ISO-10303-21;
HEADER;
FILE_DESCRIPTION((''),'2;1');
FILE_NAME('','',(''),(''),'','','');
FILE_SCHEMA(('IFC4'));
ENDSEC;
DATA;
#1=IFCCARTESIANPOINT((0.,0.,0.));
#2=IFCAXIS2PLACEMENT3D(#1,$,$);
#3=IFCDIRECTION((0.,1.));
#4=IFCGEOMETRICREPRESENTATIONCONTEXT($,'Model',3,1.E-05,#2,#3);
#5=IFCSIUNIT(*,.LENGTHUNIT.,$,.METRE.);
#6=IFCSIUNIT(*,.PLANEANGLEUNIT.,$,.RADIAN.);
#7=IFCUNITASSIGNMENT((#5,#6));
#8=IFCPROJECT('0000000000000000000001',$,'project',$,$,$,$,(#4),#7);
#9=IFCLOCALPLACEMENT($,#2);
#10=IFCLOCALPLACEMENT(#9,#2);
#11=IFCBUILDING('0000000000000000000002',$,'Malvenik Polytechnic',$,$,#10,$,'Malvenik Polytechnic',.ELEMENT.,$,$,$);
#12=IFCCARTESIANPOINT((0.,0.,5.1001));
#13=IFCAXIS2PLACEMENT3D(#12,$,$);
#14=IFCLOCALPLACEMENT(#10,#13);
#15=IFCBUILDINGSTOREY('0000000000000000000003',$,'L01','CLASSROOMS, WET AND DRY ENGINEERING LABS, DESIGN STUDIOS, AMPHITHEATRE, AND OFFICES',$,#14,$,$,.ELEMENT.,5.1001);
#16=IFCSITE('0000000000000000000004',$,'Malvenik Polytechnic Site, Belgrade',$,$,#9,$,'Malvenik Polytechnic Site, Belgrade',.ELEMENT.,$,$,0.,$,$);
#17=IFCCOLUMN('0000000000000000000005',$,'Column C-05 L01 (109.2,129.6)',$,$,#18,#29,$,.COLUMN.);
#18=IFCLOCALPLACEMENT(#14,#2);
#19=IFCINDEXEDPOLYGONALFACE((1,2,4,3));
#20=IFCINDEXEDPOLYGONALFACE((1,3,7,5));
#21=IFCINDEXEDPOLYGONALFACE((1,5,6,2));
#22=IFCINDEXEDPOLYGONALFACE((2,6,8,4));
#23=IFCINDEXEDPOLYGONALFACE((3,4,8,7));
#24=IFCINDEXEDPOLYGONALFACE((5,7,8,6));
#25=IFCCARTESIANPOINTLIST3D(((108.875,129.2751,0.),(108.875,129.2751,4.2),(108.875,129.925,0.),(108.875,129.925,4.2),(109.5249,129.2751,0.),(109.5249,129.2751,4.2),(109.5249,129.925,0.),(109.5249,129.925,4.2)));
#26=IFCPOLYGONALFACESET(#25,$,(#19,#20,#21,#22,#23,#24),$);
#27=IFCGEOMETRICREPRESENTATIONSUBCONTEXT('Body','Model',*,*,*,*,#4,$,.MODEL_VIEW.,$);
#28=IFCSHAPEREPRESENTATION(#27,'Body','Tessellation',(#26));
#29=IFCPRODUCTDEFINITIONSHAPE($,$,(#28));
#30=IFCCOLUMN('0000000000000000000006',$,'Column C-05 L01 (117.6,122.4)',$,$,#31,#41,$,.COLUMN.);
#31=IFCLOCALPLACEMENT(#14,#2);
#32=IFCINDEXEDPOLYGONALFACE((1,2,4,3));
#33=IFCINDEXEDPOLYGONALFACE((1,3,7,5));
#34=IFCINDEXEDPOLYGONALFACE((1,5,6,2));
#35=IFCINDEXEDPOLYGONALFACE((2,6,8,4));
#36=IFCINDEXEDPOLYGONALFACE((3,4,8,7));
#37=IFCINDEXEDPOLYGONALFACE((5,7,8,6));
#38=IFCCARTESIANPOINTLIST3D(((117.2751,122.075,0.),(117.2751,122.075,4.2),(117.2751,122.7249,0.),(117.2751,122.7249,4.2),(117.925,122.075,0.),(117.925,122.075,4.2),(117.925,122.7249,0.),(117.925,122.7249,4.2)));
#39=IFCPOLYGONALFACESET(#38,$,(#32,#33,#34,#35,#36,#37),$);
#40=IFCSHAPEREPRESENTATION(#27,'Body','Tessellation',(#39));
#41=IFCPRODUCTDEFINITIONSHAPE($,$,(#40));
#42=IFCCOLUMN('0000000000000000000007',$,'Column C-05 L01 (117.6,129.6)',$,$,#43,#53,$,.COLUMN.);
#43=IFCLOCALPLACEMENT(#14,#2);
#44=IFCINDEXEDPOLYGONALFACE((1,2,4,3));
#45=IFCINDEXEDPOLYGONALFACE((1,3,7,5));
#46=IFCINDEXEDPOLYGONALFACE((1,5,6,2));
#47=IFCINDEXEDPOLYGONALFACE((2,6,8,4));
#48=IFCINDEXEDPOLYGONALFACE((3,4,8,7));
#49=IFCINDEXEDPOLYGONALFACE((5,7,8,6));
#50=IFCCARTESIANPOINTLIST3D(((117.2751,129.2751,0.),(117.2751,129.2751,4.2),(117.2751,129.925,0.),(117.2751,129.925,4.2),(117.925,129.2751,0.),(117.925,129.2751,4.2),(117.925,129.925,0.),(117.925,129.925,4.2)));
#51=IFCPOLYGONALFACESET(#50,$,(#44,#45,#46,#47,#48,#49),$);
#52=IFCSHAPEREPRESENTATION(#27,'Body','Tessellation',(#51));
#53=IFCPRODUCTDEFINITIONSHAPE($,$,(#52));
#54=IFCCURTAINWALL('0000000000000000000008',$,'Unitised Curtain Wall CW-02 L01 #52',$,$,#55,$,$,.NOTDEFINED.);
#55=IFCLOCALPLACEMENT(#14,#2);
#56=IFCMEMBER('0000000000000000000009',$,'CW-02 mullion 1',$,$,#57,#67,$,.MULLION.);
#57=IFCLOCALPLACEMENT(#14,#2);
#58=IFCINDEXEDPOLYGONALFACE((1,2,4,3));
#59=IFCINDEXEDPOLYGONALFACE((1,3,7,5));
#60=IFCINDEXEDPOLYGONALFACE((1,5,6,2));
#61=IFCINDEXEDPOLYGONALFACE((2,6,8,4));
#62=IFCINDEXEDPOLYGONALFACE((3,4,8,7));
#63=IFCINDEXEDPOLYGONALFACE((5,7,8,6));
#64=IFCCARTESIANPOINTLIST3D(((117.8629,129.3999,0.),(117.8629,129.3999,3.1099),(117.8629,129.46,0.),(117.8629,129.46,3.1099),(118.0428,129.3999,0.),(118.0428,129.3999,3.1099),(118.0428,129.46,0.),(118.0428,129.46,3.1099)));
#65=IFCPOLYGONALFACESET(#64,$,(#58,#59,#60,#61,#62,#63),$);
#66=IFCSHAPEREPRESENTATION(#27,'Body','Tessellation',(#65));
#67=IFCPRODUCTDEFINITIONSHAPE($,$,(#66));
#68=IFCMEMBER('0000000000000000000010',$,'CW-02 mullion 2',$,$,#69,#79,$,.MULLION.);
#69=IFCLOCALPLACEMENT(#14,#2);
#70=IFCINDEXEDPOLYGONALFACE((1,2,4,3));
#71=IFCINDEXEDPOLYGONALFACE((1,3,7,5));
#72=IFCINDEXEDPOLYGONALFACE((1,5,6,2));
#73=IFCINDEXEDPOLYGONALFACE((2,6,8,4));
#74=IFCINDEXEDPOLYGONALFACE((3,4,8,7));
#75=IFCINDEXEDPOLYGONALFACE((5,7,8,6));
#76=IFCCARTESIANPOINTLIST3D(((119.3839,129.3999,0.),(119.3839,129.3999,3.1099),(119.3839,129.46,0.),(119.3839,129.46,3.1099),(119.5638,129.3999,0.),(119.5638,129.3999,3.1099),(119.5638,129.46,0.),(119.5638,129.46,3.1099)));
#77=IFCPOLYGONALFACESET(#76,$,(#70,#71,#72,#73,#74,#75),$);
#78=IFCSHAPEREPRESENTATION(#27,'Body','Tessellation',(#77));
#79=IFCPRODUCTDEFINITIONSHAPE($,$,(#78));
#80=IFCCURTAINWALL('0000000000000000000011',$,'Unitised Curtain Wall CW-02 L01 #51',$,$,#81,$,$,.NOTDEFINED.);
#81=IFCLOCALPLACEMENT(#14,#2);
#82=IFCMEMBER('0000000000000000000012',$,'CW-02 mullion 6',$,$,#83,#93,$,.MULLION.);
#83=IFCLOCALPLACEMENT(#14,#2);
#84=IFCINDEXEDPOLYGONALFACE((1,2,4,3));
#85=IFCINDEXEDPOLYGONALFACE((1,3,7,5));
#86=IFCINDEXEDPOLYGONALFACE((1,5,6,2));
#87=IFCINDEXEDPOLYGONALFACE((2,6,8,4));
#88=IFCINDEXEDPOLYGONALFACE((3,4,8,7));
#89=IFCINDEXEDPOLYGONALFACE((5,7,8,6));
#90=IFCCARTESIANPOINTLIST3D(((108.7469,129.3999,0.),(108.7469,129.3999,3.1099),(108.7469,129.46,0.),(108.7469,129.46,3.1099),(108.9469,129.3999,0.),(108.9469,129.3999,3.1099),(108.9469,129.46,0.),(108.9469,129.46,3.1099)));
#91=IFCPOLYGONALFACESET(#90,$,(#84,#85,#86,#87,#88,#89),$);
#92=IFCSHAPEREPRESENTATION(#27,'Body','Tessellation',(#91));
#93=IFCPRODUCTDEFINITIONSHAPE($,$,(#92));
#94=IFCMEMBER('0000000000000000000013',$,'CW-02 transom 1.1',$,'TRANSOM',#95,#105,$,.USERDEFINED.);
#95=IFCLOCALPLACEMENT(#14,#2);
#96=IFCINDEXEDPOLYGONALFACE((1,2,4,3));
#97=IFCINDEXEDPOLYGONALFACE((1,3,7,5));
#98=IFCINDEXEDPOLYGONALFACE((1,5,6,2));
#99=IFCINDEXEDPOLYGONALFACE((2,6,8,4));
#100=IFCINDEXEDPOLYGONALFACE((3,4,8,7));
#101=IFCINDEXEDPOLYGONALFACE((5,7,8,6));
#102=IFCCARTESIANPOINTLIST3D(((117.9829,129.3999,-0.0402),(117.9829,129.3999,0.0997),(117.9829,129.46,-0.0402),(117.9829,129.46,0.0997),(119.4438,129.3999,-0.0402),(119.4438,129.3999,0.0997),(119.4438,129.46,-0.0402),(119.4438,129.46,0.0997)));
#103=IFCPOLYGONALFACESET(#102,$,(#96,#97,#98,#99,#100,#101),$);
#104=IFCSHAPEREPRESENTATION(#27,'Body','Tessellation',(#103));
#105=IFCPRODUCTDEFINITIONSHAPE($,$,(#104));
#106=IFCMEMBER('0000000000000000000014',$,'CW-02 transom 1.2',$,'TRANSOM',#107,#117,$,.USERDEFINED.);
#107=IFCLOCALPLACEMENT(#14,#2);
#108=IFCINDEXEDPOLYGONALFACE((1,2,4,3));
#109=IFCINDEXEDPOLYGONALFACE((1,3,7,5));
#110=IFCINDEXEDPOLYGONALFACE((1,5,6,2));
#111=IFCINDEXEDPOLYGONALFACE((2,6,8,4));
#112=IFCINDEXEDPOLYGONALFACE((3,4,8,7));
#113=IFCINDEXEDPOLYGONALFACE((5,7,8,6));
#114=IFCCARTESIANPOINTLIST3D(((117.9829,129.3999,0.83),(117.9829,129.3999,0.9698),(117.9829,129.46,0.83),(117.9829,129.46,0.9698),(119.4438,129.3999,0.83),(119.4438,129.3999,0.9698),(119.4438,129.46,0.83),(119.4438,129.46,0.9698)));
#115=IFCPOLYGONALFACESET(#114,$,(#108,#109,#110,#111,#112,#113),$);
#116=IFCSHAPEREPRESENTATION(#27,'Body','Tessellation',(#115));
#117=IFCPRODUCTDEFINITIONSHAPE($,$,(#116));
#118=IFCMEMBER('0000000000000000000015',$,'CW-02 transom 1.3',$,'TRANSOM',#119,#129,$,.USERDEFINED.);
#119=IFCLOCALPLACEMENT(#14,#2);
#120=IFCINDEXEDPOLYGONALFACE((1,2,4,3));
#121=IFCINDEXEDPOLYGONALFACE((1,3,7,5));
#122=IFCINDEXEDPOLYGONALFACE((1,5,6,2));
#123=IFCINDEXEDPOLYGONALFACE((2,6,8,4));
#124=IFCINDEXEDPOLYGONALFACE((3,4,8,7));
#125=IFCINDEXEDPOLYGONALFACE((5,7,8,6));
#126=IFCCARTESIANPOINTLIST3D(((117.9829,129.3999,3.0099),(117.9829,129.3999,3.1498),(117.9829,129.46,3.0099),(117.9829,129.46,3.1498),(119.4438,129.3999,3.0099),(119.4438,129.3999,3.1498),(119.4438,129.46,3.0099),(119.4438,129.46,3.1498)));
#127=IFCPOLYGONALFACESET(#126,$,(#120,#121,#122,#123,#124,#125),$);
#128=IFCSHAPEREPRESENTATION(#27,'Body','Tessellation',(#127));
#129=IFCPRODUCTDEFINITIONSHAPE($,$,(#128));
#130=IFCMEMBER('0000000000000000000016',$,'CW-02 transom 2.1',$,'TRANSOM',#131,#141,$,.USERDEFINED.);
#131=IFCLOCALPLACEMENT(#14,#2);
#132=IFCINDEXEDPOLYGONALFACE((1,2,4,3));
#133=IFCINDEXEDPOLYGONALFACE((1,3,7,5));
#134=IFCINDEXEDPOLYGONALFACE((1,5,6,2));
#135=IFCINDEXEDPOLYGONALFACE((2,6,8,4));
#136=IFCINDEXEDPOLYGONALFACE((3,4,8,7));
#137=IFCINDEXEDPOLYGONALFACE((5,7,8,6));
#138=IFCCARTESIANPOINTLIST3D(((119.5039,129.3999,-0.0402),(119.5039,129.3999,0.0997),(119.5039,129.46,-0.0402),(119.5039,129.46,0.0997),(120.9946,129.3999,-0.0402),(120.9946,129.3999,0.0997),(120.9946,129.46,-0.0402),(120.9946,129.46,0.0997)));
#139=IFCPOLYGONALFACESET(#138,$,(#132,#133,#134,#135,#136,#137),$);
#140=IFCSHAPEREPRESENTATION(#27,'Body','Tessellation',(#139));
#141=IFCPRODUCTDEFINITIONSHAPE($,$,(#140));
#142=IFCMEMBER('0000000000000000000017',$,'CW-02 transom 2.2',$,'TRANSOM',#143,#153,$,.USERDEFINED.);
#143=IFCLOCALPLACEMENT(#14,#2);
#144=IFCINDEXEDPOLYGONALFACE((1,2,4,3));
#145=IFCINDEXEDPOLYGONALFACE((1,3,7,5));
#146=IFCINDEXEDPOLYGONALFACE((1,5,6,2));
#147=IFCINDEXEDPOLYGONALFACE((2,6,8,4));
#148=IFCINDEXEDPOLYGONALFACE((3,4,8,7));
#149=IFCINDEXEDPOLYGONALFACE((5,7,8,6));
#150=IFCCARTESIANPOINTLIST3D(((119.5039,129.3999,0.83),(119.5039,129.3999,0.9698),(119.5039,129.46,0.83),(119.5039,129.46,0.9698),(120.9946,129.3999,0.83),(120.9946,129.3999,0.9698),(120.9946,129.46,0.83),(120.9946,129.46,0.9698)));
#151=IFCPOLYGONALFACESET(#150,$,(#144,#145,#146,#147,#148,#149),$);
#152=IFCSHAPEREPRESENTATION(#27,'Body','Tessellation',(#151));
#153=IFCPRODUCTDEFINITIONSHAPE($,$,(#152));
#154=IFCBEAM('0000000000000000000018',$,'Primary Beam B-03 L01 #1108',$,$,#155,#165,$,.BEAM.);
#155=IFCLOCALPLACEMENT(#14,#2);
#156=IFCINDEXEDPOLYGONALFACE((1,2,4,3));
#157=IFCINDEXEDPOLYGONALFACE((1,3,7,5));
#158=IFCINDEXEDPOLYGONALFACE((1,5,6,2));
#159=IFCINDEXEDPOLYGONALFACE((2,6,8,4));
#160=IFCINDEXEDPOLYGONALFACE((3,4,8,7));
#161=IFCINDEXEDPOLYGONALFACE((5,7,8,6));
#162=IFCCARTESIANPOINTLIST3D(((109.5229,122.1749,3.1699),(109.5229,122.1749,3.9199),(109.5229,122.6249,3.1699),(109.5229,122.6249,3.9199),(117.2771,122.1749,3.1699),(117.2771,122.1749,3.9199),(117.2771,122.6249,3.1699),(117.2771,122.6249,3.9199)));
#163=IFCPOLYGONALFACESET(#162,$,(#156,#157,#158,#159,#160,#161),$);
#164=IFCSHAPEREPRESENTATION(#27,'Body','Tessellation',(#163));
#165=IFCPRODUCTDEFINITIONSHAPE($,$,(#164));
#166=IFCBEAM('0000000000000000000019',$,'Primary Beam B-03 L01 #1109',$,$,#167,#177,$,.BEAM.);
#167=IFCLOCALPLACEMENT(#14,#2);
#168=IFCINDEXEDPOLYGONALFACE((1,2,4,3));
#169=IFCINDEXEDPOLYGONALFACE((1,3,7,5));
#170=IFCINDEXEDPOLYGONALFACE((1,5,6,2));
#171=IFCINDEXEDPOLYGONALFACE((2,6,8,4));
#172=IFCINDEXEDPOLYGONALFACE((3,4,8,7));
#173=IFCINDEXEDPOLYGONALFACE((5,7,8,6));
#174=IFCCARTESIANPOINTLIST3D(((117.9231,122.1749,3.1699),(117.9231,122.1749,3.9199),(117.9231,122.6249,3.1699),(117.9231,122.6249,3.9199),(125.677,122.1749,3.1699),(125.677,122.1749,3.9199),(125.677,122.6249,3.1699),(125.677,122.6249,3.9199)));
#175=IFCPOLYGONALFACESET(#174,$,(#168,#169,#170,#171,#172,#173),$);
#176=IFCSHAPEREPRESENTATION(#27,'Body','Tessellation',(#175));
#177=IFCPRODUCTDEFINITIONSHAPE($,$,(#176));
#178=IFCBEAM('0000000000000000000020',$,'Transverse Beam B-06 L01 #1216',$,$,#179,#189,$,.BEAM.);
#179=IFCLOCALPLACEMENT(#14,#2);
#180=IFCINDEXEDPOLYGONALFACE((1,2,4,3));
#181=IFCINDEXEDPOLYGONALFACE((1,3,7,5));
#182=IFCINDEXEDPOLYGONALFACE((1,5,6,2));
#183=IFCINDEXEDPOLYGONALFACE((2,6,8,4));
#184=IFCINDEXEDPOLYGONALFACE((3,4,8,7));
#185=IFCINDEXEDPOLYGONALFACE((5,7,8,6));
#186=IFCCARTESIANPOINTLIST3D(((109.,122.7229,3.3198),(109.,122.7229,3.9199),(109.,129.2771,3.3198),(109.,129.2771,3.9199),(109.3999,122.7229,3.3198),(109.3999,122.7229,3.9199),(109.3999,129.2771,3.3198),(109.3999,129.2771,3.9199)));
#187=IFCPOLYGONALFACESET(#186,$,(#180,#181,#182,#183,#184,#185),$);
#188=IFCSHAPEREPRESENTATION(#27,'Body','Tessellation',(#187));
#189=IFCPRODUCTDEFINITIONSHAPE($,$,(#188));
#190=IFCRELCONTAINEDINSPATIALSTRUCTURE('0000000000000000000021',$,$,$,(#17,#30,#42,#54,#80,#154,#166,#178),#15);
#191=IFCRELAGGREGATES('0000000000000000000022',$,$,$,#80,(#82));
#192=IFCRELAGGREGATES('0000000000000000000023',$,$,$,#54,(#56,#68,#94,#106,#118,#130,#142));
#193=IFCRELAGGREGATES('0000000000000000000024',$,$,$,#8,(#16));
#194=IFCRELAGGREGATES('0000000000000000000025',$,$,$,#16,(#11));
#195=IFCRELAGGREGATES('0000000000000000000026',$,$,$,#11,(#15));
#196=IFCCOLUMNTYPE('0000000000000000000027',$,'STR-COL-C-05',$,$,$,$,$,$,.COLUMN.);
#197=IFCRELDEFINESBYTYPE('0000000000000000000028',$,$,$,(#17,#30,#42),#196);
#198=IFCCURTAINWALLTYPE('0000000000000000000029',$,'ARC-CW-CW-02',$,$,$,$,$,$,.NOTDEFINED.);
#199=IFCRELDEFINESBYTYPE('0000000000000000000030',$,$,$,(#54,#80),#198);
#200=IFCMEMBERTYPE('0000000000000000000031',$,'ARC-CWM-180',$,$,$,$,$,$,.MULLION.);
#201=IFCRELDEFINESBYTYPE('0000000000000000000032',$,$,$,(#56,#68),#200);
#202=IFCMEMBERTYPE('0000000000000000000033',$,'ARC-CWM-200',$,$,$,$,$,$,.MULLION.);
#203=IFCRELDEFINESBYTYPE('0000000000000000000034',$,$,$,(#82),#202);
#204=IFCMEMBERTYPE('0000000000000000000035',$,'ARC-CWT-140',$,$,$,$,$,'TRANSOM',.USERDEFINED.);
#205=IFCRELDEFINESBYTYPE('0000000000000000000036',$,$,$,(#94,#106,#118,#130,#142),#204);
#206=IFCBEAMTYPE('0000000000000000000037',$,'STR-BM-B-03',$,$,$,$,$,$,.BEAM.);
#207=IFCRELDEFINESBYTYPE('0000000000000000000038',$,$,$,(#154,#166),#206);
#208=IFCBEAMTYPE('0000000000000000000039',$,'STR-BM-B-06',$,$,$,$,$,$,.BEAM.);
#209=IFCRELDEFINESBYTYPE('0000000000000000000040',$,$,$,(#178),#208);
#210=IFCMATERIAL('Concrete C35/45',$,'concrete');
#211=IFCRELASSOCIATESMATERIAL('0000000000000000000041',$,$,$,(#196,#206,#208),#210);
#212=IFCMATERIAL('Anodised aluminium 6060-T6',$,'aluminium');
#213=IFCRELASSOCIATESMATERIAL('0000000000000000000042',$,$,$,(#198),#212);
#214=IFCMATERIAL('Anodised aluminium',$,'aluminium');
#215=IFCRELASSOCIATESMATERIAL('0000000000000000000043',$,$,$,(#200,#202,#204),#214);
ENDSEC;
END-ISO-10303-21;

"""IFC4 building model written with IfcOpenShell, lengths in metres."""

from ifc_helpers import new_model, si_unit, direction, frame, origin, origin_2d, place, context, subcontext, project, spatial, rectangle, extrude, material, material_profile, profile_set, type_object, element, aggregate, save


model = new_model("IFC4")

# Units and contexts
model_context = context("Model", 3, precision=1e-05, world=origin(), true_north=direction((0.0, 1.0)))
body_context = subcontext(model_context, "Body", "Model", "MODEL_VIEW")
ifc_project = project(units=[si_unit("LENGTHUNIT", "METRE"), si_unit("PLANEANGLEUNIT", "RADIAN")], contexts=[model_context])

# Site, building, storey
site_placement = place(None, origin())
site = spatial("IfcSite", under=ifc_project, at=site_placement, Name="Malvenik Polytechnic Site, Belgrade", LongName="Malvenik Polytechnic Site, Belgrade", CompositionType="ELEMENT", RefElevation=0.0)
building_placement = place(site_placement, origin())
building = spatial("IfcBuilding", under=site, at=building_placement, Name="Malvenik Polytechnic", LongName="Malvenik Polytechnic", CompositionType="ELEMENT")
storey_placement = place(building_placement, frame((0.0, 0.0, 5.1001)))
storey = spatial("IfcBuildingStorey", under=building, at=storey_placement, Name="L01", Description="CLASSROOMS, WET AND DRY ENGINEERING LABS, DESIGN STUDIOS, AMPHITHEATRE, AND OFFICES", CompositionType="ELEMENT", Elevation=5.1001)

# Columns
ifc_material_1 = material(Name="Concrete C35/45", Category="concrete")
ifc_material_profile_1 = material_profile(ifc_material_1, rectangle(XDim=0.6499, YDim=0.6499, at=origin_2d()), Name="RC COL 650x650")
ifc_profile_set_1 = profile_set([ifc_material_profile_1], Name="Concrete C35/45")
column_type = type_object("IfcColumnType", Name="STR-COL-C-05", PredefinedType="COLUMN", material=ifc_profile_set_1)
for number, where, z_axis, x_axis, name in (
    (1, (109.2, 129.6001, 0.0), (0.0, 0.0, 1.0), (1.0, 0.0, 0.0), "Column C-05 L01 (109.2,129.6)"),
    (2, (117.6001, 122.3999, 0.0), (0.0, 0.0, 1.0), (1.0, 0.0, 0.0), "Column C-05 L01 (117.6,122.4)"),
    (3, (117.6001, 129.6001, 0.0), (0.0, 0.0, 1.0), (1.0, 0.0, 0.0), "Column C-05 L01 (117.6,129.6)"),
):
    element("IfcColumn", number, at=place(storey_placement, frame(where, z_axis=z_axis, x_axis=x_axis)), inside=storey, type_object=column_type, Name=name, PredefinedType="COLUMN", context=body_context, shape_type="SweptSolid", body=[
        extrude(rectangle(XDim=0.6499, YDim=0.6499, at=origin_2d()), origin(), (0.0, 0.0, 1.0), 4.2),
    ])

# Curtain wall, members
ifc_material_2 = material(Name="Anodised aluminium 6060-T6", Category="aluminium")
curtain_wall_type = type_object("IfcCurtainWallType", Name="ARC-CW-CW-02", PredefinedType="NOTDEFINED", material=ifc_material_2)
curtain_wall_1_placement = place(storey_placement, origin())
curtain_wall_1 = element("IfcCurtainWall", 4, at=curtain_wall_1_placement, inside=storey, type_object=curtain_wall_type, Name="Unitised Curtain Wall CW-02 L01 #52", PredefinedType="NOTDEFINED")
ifc_material_3 = material(Name="Anodised aluminium", Category="aluminium")
ifc_material_profile_2 = material_profile(ifc_material_3, rectangle(XDim=0.0601, YDim=0.1799, at=origin_2d()), Name="ALU MULLION 60x180")
ifc_profile_set_2 = profile_set([ifc_material_profile_2], Name="Anodised aluminium")
member_type_1 = type_object("IfcMemberType", Name="ARC-CWM-180", PredefinedType="MULLION", material=ifc_profile_set_2)
member_1_placement = place(storey_placement, frame((117.9529, 129.4299, 0.0), z_axis=(0.0, 0.0, 1.0), x_axis=(0.0, 1.0, 0.0)))
member_1 = element("IfcMember", 5, at=member_1_placement, type_object=member_type_1, Name="CW-02 mullion 1", PredefinedType="MULLION", context=body_context, shape_type="SweptSolid", body=[
    extrude(rectangle(XDim=0.0601, YDim=0.1799, at=origin_2d()), origin(), (0.0, 0.0, 1.0), 3.1099),
])
member_2_placement = place(storey_placement, frame((119.4739, 129.4299, 0.0), z_axis=(0.0, 0.0, 1.0), x_axis=(0.0, 1.0, 0.0)))
member_2 = element("IfcMember", 6, at=member_2_placement, type_object=member_type_1, Name="CW-02 mullion 2", PredefinedType="MULLION", context=body_context, shape_type="SweptSolid", body=[
    extrude(rectangle(XDim=0.0601, YDim=0.1799, at=origin_2d()), origin(), (0.0, 0.0, 1.0), 3.1099),
])

# Curtain wall, member
curtain_wall_2_placement = place(storey_placement, origin())
curtain_wall_2 = element("IfcCurtainWall", 7, at=curtain_wall_2_placement, inside=storey, type_object=curtain_wall_type, Name="Unitised Curtain Wall CW-02 L01 #51", PredefinedType="NOTDEFINED")
ifc_material_profile_3 = material_profile(ifc_material_3, rectangle(XDim=0.0601, YDim=0.2, at=origin_2d()), Name="ALU MULLION 60x200")
ifc_profile_set_3 = profile_set([ifc_material_profile_3], Name="Anodised aluminium")
member_type_2 = type_object("IfcMemberType", Name="ARC-CWM-200", PredefinedType="MULLION", material=ifc_profile_set_3)
member_3_placement = place(storey_placement, frame((108.8469, 129.4299, 0.0), z_axis=(0.0, 0.0, 1.0), x_axis=(0.0, 1.0, 0.0)))
member_3 = element("IfcMember", 8, at=member_3_placement, type_object=member_type_2, Name="CW-02 mullion 6", PredefinedType="MULLION", context=body_context, shape_type="SweptSolid", body=[
    extrude(rectangle(XDim=0.0601, YDim=0.2, at=origin_2d()), origin(), (0.0, 0.0, 1.0), 3.1099),
])
aggregate(curtain_wall_2, [member_3])

# Members
ifc_material_profile_4 = material_profile(ifc_material_3, rectangle(XDim=0.0601, YDim=0.1399, at=origin_2d()), Name="ALU TRANSOM 60x140")
ifc_profile_set_4 = profile_set([ifc_material_profile_4], Name="Anodised aluminium")
member_type_3 = type_object("IfcMemberType", Name="ARC-CWT-140", ElementType="TRANSOM", PredefinedType="USERDEFINED", material=ifc_profile_set_4)
member_4_placement = place(storey_placement, frame((117.9829, 129.4299, 0.0298), z_axis=(1.0, 0.0, 0.0), x_axis=(0.0, 1.0, 0.0)))
member_4 = element("IfcMember", 9, at=member_4_placement, type_object=member_type_3, Name="CW-02 transom 1.1", ObjectType="TRANSOM", PredefinedType="USERDEFINED", context=body_context, shape_type="SweptSolid", body=[
    extrude(rectangle(XDim=0.0601, YDim=0.1399, at=origin_2d()), origin(), (0.0, 0.0, 1.0), 1.4609),
])
member_5_placement = place(storey_placement, frame((117.9829, 129.4299, 0.8999), z_axis=(1.0, 0.0, 0.0), x_axis=(0.0, 1.0, 0.0)))
member_5 = element("IfcMember", 10, at=member_5_placement, type_object=member_type_3, Name="CW-02 transom 1.2", ObjectType="TRANSOM", PredefinedType="USERDEFINED", context=body_context, shape_type="SweptSolid", body=[
    extrude(rectangle(XDim=0.0601, YDim=0.1399, at=origin_2d()), origin(), (0.0, 0.0, 1.0), 1.4609),
])
member_6_placement = place(storey_placement, frame((117.9829, 129.4299, 3.0798), z_axis=(1.0, 0.0, 0.0), x_axis=(0.0, 1.0, 0.0)))
member_6 = element("IfcMember", 11, at=member_6_placement, type_object=member_type_3, Name="CW-02 transom 1.3", ObjectType="TRANSOM", PredefinedType="USERDEFINED", context=body_context, shape_type="SweptSolid", body=[
    extrude(rectangle(XDim=0.0601, YDim=0.1399, at=origin_2d()), origin(), (0.0, 0.0, 1.0), 1.4609),
])
member_7_placement = place(storey_placement, frame((119.5039, 129.4299, 0.0298), z_axis=(1.0, 0.0, 0.0), x_axis=(0.0, 1.0, 0.0)))
member_7 = element("IfcMember", 12, at=member_7_placement, type_object=member_type_3, Name="CW-02 transom 2.1", ObjectType="TRANSOM", PredefinedType="USERDEFINED", context=body_context, shape_type="SweptSolid", body=[
    extrude(rectangle(XDim=0.0601, YDim=0.1399, at=origin_2d()), origin(), (0.0, 0.0, 1.0), 1.4907),
])
member_8_placement = place(storey_placement, frame((119.5039, 129.4299, 0.8999), z_axis=(1.0, 0.0, 0.0), x_axis=(0.0, 1.0, 0.0)))
member_8 = element("IfcMember", 13, at=member_8_placement, type_object=member_type_3, Name="CW-02 transom 2.2", ObjectType="TRANSOM", PredefinedType="USERDEFINED", context=body_context, shape_type="SweptSolid", body=[
    extrude(rectangle(XDim=0.0601, YDim=0.1399, at=origin_2d()), origin(), (0.0, 0.0, 1.0), 1.4907),
])

# Beams
ifc_material_profile_5 = material_profile(ifc_material_1, rectangle(XDim=0.45, YDim=0.75, at=origin_2d()), Name="RC BM 450x750")
ifc_profile_set_5 = profile_set([ifc_material_profile_5], Name="Concrete C35/45")
beam_type_1 = type_object("IfcBeamType", Name="STR-BM-B-03", PredefinedType="BEAM", material=ifc_profile_set_5)
beam_1_placement = place(storey_placement, frame((109.5229, 122.3999, 3.5449), z_axis=(1.0, 0.0, 0.0), x_axis=(0.0, 1.0, 0.0)))
element("IfcBeam", 14, at=beam_1_placement, inside=storey, type_object=beam_type_1, Name="Primary Beam B-03 L01 #1108", PredefinedType="BEAM", context=body_context, shape_type="SweptSolid", body=[
    extrude(rectangle(XDim=0.45, YDim=0.75, at=origin_2d()), origin(), (0.0, 0.0, 1.0), 7.7542),
])
beam_2_placement = place(storey_placement, frame((117.9231, 122.3999, 3.5449), z_axis=(1.0, 0.0, 0.0), x_axis=(0.0, 1.0, 0.0)))
element("IfcBeam", 15, at=beam_2_placement, inside=storey, type_object=beam_type_1, Name="Primary Beam B-03 L01 #1109", PredefinedType="BEAM", context=body_context, shape_type="SweptSolid", body=[
    extrude(rectangle(XDim=0.45, YDim=0.75, at=origin_2d()), origin(), (0.0, 0.0, 1.0), 7.7539),
])
ifc_material_profile_6 = material_profile(ifc_material_1, rectangle(XDim=0.3999, YDim=0.6001, at=origin_2d()), Name="RC BM 400x600")
ifc_profile_set_6 = profile_set([ifc_material_profile_6], Name="Concrete C35/45")
beam_type_2 = type_object("IfcBeamType", Name="STR-BM-B-06", PredefinedType="BEAM", material=ifc_profile_set_6)
for number, where, z_axis, x_axis, name in (
    (16, (109.2, 122.7229, 3.6199), (0.0, 1.0, 0.0), (-1.0, 0.0, 0.0), "Transverse Beam B-06 L01 #1216"),
):
    element("IfcBeam", number, at=place(storey_placement, frame(where, z_axis=z_axis, x_axis=x_axis)), inside=storey, type_object=beam_type_2, Name=name, PredefinedType="BEAM", context=body_context, shape_type="SweptSolid", body=[
        extrude(rectangle(XDim=0.3999, YDim=0.6001, at=origin_2d()), origin(), (0.0, 0.0, 1.0), 6.5542),
    ])

aggregate(curtain_wall_1, [member_1, member_2, member_4, member_5, member_6, member_7, member_8])

save(model, "model.ifc")
